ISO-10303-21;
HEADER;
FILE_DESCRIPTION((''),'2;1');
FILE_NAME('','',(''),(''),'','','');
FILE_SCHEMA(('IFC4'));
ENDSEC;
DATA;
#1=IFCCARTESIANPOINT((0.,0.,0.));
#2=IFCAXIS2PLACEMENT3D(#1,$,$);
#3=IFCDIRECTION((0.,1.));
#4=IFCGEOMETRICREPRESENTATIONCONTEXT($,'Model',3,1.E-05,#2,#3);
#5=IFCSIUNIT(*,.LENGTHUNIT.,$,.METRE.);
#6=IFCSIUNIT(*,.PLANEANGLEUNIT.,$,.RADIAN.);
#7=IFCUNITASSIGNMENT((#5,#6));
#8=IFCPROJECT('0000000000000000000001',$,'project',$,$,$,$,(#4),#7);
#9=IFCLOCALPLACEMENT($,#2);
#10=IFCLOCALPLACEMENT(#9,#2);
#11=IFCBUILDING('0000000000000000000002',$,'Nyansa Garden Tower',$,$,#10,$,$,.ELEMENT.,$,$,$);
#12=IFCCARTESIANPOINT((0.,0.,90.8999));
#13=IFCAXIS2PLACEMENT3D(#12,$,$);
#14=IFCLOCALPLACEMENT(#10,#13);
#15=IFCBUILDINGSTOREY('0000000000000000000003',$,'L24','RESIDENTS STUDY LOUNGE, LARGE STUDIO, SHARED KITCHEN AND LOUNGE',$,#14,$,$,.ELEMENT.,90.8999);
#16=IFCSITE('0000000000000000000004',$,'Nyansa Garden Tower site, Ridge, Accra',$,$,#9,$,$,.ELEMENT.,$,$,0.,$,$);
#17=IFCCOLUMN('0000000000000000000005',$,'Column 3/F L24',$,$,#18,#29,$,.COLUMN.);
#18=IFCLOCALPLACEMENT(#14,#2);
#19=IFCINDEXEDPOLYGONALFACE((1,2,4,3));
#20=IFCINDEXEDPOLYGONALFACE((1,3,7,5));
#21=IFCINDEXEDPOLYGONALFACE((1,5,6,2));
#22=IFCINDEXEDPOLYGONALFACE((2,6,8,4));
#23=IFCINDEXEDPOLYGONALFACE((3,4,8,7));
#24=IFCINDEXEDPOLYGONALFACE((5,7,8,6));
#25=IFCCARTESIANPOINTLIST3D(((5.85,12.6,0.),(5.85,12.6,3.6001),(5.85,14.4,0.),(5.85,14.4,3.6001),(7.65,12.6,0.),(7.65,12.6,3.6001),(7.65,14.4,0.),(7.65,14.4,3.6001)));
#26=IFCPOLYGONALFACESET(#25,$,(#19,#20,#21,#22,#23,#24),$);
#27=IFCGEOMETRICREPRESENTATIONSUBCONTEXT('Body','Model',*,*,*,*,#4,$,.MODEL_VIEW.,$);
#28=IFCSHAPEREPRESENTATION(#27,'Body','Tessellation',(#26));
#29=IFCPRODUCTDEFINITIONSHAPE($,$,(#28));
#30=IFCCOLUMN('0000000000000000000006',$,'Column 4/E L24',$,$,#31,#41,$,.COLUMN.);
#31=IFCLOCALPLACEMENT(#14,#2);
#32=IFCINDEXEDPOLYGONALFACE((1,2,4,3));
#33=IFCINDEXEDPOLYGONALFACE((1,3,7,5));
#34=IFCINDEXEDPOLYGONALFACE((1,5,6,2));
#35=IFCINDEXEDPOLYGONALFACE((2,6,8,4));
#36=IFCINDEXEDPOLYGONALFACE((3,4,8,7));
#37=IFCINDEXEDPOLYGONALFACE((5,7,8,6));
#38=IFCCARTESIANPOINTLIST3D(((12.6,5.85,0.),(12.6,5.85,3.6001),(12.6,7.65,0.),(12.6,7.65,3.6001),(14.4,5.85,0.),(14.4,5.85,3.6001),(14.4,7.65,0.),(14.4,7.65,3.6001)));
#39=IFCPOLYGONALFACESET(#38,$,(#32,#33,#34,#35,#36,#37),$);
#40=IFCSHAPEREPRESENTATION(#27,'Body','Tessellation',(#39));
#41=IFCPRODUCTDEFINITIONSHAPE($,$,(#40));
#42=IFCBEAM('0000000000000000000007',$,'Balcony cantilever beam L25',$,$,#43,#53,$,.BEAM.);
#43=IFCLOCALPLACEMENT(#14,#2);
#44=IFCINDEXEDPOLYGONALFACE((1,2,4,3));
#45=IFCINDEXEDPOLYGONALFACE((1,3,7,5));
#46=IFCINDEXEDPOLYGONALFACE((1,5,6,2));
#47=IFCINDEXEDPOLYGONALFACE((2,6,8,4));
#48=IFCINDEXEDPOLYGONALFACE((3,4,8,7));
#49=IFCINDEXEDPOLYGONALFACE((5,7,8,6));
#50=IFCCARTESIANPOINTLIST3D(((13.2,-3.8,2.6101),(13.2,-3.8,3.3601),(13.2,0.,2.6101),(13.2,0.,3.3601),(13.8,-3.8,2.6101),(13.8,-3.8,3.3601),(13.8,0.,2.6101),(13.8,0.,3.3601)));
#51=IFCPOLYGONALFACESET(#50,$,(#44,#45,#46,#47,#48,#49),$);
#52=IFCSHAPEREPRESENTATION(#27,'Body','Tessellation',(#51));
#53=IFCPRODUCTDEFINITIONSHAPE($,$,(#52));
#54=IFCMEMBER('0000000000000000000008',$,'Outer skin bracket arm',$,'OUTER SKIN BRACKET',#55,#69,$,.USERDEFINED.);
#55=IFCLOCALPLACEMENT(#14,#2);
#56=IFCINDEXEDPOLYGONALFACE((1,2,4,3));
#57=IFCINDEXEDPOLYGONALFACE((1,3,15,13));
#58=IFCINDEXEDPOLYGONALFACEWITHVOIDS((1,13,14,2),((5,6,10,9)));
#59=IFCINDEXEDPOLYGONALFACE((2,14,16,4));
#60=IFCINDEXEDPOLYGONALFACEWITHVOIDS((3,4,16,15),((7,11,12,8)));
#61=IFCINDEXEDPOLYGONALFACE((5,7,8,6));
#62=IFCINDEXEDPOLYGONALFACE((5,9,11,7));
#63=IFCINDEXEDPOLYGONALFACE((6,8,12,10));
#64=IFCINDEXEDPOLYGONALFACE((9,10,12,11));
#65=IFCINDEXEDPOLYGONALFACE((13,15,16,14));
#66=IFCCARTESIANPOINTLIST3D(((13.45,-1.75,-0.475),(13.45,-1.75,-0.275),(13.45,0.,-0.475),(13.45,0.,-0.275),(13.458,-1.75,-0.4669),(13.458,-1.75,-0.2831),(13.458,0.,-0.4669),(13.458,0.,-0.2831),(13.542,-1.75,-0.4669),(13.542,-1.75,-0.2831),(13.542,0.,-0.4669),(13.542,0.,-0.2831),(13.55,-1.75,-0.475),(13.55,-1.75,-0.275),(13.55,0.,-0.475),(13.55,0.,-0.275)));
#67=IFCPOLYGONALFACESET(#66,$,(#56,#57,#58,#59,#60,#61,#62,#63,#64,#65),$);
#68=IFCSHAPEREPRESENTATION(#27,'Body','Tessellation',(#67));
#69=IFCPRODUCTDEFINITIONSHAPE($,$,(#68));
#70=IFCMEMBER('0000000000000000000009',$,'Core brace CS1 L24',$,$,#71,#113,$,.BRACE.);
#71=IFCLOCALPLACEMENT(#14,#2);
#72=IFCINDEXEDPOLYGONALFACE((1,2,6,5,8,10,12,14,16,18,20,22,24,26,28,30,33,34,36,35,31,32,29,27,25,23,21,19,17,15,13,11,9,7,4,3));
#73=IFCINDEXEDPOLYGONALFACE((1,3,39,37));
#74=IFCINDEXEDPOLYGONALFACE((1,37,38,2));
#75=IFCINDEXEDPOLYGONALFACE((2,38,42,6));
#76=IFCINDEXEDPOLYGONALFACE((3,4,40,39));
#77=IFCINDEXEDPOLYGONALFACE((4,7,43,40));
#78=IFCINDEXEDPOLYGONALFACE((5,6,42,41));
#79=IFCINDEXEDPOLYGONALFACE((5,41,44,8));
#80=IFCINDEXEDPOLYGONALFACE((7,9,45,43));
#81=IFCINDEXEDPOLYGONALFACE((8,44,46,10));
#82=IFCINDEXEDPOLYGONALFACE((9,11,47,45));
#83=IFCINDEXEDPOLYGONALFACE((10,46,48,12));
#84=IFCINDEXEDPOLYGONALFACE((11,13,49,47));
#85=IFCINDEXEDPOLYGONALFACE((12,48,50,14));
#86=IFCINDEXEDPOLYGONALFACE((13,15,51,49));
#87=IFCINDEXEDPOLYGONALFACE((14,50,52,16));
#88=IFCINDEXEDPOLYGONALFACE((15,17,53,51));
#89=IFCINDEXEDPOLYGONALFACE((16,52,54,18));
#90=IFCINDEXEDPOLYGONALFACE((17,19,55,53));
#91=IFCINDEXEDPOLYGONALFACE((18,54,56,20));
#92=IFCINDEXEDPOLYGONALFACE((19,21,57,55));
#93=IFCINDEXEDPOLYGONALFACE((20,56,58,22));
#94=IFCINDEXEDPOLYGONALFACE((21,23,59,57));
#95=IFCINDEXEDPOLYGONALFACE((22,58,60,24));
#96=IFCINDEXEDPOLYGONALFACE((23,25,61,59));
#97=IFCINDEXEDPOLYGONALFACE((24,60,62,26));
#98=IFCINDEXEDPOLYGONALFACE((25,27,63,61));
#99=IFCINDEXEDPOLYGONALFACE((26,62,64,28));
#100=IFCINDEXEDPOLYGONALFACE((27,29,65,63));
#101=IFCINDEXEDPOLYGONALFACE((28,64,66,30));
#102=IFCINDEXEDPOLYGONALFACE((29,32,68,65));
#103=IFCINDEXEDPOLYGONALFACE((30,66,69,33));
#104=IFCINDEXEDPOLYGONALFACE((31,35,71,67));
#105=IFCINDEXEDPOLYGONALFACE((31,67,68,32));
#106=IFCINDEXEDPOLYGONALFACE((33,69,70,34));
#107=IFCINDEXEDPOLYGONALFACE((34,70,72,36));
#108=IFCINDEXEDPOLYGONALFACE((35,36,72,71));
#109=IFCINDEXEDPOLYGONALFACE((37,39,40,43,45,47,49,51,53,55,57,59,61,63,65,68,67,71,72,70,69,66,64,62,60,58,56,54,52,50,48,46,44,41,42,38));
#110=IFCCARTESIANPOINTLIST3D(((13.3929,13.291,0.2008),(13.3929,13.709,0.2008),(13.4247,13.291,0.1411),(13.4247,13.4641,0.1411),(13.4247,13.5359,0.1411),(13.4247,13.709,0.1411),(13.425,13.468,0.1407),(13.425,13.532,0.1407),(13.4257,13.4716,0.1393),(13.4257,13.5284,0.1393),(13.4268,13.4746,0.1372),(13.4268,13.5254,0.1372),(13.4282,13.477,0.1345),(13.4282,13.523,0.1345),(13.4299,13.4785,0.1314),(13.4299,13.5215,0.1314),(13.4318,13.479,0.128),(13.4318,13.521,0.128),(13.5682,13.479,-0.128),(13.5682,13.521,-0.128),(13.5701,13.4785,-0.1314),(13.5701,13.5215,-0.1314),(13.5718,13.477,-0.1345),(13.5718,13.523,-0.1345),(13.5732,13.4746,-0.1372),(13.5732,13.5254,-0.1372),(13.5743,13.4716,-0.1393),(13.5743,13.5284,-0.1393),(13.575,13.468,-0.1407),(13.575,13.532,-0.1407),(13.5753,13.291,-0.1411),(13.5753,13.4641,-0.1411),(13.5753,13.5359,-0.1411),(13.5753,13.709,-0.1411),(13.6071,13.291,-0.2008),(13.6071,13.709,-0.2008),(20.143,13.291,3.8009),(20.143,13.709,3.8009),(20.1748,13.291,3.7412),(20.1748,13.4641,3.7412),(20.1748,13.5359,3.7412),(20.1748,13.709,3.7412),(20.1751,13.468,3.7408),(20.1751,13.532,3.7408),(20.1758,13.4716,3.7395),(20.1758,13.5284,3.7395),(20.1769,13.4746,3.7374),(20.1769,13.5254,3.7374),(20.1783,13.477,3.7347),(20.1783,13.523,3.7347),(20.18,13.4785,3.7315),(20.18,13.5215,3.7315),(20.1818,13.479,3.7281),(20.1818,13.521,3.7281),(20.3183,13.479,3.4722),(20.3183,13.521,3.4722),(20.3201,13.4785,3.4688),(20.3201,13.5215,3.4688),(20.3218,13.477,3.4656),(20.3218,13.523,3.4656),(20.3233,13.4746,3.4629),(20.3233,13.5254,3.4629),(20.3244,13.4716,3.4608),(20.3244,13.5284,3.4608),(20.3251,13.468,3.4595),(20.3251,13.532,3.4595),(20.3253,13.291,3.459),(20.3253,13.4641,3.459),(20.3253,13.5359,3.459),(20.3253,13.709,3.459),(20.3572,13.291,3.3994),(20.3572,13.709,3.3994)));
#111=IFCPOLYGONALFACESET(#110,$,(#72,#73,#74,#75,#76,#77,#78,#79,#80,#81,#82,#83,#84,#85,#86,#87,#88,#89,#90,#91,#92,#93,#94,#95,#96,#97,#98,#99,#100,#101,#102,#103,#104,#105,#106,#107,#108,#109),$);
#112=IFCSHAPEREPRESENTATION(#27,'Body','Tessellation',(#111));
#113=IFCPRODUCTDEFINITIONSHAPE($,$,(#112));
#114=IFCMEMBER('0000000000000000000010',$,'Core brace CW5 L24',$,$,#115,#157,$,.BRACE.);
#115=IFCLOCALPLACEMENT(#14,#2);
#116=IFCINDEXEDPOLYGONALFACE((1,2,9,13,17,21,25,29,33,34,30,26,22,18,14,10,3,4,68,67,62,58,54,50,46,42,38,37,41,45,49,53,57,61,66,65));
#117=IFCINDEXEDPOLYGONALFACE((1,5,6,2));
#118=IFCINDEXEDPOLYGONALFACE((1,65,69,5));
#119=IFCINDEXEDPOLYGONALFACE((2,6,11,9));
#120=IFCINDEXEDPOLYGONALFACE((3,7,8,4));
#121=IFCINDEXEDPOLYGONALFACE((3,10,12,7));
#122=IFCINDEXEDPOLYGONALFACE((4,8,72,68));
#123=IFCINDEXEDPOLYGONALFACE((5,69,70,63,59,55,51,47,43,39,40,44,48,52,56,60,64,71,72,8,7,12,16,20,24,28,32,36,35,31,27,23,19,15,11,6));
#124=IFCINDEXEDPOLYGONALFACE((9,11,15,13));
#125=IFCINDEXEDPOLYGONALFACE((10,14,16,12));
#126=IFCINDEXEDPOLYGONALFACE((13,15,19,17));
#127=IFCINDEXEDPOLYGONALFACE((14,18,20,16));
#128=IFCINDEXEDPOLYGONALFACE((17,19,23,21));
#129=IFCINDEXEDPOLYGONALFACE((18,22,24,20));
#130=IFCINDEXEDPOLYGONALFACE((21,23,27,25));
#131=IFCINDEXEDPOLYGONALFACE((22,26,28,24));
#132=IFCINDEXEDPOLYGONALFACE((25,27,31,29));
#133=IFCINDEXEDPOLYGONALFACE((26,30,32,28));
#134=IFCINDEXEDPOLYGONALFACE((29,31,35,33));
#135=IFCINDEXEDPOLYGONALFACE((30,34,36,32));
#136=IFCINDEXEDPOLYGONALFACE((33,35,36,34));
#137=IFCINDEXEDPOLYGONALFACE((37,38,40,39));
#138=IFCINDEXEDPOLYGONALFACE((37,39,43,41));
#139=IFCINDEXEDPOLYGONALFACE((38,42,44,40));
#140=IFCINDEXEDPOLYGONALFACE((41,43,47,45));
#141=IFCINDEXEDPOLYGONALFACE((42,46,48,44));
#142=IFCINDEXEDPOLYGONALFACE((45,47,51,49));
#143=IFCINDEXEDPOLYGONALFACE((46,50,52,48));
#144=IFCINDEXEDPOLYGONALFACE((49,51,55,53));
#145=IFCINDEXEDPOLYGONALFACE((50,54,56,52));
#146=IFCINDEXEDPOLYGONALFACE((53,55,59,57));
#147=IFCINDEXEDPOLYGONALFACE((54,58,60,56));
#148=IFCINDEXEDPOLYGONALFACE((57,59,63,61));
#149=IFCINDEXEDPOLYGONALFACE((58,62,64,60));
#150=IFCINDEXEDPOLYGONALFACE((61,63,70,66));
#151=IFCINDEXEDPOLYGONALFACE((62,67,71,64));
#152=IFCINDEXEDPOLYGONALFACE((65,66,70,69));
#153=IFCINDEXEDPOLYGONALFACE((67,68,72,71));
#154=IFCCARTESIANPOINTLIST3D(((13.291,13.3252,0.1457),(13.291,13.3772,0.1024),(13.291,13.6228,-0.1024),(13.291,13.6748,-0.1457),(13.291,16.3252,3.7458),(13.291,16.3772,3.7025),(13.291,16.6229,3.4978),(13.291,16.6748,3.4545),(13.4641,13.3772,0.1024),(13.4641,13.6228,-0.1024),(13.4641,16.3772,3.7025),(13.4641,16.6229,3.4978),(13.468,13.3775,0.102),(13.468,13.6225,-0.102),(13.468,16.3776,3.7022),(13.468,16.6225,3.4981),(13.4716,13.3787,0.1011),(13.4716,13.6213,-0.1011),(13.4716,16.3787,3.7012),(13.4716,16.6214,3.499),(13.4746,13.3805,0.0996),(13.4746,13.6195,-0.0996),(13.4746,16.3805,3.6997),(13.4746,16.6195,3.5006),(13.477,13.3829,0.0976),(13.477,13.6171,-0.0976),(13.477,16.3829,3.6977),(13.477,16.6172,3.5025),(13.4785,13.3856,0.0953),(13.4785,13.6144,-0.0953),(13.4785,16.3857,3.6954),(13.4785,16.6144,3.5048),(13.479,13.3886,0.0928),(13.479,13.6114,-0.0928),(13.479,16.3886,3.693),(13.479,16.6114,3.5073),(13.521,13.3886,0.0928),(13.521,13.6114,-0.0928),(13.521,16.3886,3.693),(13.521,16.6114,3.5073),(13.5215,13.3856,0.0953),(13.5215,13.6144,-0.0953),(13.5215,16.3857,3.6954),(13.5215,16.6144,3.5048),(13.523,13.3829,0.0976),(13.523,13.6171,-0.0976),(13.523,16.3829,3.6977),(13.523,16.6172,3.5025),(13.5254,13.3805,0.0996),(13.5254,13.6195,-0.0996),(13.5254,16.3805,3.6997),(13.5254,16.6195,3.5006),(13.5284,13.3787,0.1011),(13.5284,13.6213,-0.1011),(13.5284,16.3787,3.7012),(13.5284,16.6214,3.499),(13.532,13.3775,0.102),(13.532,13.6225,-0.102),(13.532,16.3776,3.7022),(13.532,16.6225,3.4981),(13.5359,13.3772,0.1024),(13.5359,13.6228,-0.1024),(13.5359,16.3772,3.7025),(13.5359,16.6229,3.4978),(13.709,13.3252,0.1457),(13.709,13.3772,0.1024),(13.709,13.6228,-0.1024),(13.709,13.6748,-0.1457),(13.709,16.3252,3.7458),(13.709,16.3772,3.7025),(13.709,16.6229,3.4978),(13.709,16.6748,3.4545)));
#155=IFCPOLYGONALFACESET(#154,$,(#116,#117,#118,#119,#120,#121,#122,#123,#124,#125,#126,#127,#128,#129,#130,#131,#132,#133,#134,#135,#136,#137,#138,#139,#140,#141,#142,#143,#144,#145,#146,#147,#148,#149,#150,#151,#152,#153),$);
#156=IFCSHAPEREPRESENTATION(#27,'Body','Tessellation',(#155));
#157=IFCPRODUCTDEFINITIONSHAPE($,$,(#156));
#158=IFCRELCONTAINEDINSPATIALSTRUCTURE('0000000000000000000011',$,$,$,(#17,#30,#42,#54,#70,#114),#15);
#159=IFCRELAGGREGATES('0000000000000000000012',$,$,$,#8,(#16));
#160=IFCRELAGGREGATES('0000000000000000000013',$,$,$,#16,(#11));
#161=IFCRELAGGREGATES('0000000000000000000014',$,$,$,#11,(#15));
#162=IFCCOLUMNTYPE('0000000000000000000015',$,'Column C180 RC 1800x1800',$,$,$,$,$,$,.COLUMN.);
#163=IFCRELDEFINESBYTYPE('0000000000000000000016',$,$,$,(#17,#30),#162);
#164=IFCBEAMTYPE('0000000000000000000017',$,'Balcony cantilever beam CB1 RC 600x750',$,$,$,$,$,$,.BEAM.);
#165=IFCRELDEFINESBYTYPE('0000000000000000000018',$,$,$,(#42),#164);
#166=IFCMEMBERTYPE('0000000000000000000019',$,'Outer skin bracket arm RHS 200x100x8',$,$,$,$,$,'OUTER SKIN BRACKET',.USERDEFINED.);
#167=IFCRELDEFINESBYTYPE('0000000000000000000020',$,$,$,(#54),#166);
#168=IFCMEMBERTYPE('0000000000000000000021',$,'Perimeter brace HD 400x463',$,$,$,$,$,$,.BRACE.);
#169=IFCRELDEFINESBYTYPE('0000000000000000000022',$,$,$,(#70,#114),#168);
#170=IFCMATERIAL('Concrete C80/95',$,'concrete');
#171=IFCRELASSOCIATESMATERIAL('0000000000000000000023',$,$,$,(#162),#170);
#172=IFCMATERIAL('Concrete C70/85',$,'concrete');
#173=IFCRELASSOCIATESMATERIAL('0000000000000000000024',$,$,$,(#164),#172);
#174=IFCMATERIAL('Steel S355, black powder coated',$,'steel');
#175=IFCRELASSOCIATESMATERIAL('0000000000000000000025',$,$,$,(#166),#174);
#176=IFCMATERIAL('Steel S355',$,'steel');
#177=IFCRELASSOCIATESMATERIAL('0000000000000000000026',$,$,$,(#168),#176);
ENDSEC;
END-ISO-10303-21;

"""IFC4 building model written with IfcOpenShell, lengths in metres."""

from ifc_helpers import new_model, si_unit, direction, frame, origin, origin_2d, place, context, subcontext, project, spatial, rectangle, hollow_rectangle, i_section, extrude, material, material_profile, profile_set, type_object, element, save


model = new_model("IFC4")

# Units and contexts
model_context = context("Model", 3, precision=1e-05, world=origin(), true_north=direction((0.0, 1.0)))
body_context = subcontext(model_context, "Body", "Model", "MODEL_VIEW")
ifc_project = project(units=[si_unit("LENGTHUNIT", "METRE"), si_unit("PLANEANGLEUNIT", "RADIAN")], contexts=[model_context])

# Site, building, storey
site_placement = place(None, origin())
site = spatial("IfcSite", under=ifc_project, at=site_placement, Name="Nyansa Garden Tower site, Ridge, Accra", CompositionType="ELEMENT", RefElevation=0.0)
building_placement = place(site_placement, origin())
building = spatial("IfcBuilding", under=site, at=building_placement, Name="Nyansa Garden Tower", CompositionType="ELEMENT")
storey_placement = place(building_placement, frame((0.0, 0.0, 90.8999)))
storey = spatial("IfcBuildingStorey", under=building, at=storey_placement, Name="L24", Description="RESIDENTS STUDY LOUNGE, LARGE STUDIO, SHARED KITCHEN AND LOUNGE", CompositionType="ELEMENT", Elevation=90.8999)

# Columns
ifc_material_1 = material(Name="Concrete C80/95", Category="concrete")
ifc_material_profile_1 = material_profile(ifc_material_1, rectangle(XDim=1.8, YDim=1.8, at=origin_2d()), Name="RC 1800x1800")
ifc_profile_set_1 = profile_set([ifc_material_profile_1], Name="Concrete C80/95")
column_type = type_object("IfcColumnType", Name="Column C180 RC 1800x1800", PredefinedType="COLUMN", material=ifc_profile_set_1)
for number, where, z_axis, x_axis, name in (
    (1, (6.75, 13.5, 0.0), (0.0, 0.0, 1.0), (1.0, 0.0, 0.0), "Column 3/F L24"),
    (2, (13.5, 6.75, 0.0), (0.0, 0.0, 1.0), (1.0, 0.0, 0.0), "Column 4/E L24"),
):
    element("IfcColumn", number, at=place(storey_placement, frame(where, z_axis=z_axis, x_axis=x_axis)), inside=storey, type_object=column_type, Name=name, PredefinedType="COLUMN", context=body_context, shape_type="SweptSolid", body=[
        extrude(rectangle(XDim=1.8, YDim=1.8, at=origin_2d()), origin(), (0.0, 0.0, 1.0), 3.6001),
    ])

# Beam
ifc_material_2 = material(Name="Concrete C70/85", Category="concrete")
ifc_material_profile_2 = material_profile(ifc_material_2, rectangle(XDim=0.6001, YDim=0.75, at=origin_2d()), Name="RC 600x750")
ifc_profile_set_2 = profile_set([ifc_material_profile_2], Name="Concrete C70/85")
beam_type_1 = type_object("IfcBeamType", Name="Balcony cantilever beam CB1 RC 600x750", PredefinedType="BEAM", material=ifc_profile_set_2)
beam_1_placement = place(storey_placement, frame((13.5, 0.0, 2.9851), z_axis=(0.0, -1.0, 0.0), x_axis=(1.0, 0.0, 0.0)))
element("IfcBeam", 3, at=beam_1_placement, inside=storey, type_object=beam_type_1, Name="Balcony cantilever beam L25", PredefinedType="BEAM", context=body_context, shape_type="SweptSolid", body=[
    extrude(rectangle(XDim=0.6001, YDim=0.75, at=origin_2d()), origin(), (0.0, 0.0, 1.0), 3.8),
])

# Members
ifc_material_3 = material(Name="Steel S355, black powder coated", Category="steel")
ifc_material_profile_3 = material_profile(ifc_material_3, hollow_rectangle(XDim=0.1001, YDim=0.2, WallThickness=0.0081, at=origin_2d()), Name="RHS 200x100x8")
ifc_profile_set_3 = profile_set([ifc_material_profile_3], Name="Steel S355, black powder coated")
member_type_1 = type_object("IfcMemberType", Name="Outer skin bracket arm RHS 200x100x8", ElementType="OUTER SKIN BRACKET", PredefinedType="USERDEFINED", material=ifc_profile_set_3)
member_1_placement = place(storey_placement, frame((13.5, 0.0, -0.375), z_axis=(0.0, -1.0, 0.0), x_axis=(1.0, 0.0, 0.0)))
element("IfcMember", 4, at=member_1_placement, inside=storey, type_object=member_type_1, Name="Outer skin bracket arm", ObjectType="OUTER SKIN BRACKET", PredefinedType="USERDEFINED", context=body_context, shape_type="SweptSolid", body=[
    extrude(hollow_rectangle(XDim=0.1001, YDim=0.2, WallThickness=0.0081, at=origin_2d()), origin(), (0.0, 0.0, 1.0), 1.75),
])
ifc_material_4 = material(Name="Steel S355", Category="steel")
ifc_material_profile_4 = material_profile(ifc_material_4, i_section(OverallWidth=0.418, OverallDepth=0.4551, WebThickness=0.042, FlangeThickness=0.0676, FilletRadius=0.0149, at=origin_2d()), Name="HD 400x463")
ifc_profile_set_4 = profile_set([ifc_material_profile_4], Name="Steel S355")
member_type_2 = type_object("IfcMemberType", Name="Perimeter brace HD 400x463", PredefinedType="BRACE", material=ifc_profile_set_4)
member_2_placement = place(storey_placement, frame((13.5, 13.5, 0.0), z_axis=(0.882348, 0.0, 0.470598), x_axis=(0.0, 1.0, 0.0)))
element("IfcMember", 5, at=member_2_placement, inside=storey, type_object=member_type_2, Name="Core brace CS1 L24", PredefinedType="BRACE", context=body_context, shape_type="SweptSolid", body=[
    extrude(i_section(OverallWidth=0.418, OverallDepth=0.4551, WebThickness=0.042, FlangeThickness=0.0676, FilletRadius=0.0149, at=origin_2d()), origin(), (0.0, 0.0, 1.0), 7.6501),
])
member_3_placement = place(storey_placement, frame((13.5, 13.5, 0.0), z_axis=(0.0, 0.640174, 0.76823), x_axis=(-1.0, 0.0, 0.0)))
element("IfcMember", 6, at=member_3_placement, inside=storey, type_object=member_type_2, Name="Core brace CW5 L24", PredefinedType="BRACE", context=body_context, shape_type="SweptSolid", body=[
    extrude(i_section(OverallWidth=0.418, OverallDepth=0.4551, WebThickness=0.042, FlangeThickness=0.0676, FilletRadius=0.0149, at=origin_2d()), origin(), (0.0, 0.0, 1.0), 4.6863),
])

save(model, "model.ifc")
